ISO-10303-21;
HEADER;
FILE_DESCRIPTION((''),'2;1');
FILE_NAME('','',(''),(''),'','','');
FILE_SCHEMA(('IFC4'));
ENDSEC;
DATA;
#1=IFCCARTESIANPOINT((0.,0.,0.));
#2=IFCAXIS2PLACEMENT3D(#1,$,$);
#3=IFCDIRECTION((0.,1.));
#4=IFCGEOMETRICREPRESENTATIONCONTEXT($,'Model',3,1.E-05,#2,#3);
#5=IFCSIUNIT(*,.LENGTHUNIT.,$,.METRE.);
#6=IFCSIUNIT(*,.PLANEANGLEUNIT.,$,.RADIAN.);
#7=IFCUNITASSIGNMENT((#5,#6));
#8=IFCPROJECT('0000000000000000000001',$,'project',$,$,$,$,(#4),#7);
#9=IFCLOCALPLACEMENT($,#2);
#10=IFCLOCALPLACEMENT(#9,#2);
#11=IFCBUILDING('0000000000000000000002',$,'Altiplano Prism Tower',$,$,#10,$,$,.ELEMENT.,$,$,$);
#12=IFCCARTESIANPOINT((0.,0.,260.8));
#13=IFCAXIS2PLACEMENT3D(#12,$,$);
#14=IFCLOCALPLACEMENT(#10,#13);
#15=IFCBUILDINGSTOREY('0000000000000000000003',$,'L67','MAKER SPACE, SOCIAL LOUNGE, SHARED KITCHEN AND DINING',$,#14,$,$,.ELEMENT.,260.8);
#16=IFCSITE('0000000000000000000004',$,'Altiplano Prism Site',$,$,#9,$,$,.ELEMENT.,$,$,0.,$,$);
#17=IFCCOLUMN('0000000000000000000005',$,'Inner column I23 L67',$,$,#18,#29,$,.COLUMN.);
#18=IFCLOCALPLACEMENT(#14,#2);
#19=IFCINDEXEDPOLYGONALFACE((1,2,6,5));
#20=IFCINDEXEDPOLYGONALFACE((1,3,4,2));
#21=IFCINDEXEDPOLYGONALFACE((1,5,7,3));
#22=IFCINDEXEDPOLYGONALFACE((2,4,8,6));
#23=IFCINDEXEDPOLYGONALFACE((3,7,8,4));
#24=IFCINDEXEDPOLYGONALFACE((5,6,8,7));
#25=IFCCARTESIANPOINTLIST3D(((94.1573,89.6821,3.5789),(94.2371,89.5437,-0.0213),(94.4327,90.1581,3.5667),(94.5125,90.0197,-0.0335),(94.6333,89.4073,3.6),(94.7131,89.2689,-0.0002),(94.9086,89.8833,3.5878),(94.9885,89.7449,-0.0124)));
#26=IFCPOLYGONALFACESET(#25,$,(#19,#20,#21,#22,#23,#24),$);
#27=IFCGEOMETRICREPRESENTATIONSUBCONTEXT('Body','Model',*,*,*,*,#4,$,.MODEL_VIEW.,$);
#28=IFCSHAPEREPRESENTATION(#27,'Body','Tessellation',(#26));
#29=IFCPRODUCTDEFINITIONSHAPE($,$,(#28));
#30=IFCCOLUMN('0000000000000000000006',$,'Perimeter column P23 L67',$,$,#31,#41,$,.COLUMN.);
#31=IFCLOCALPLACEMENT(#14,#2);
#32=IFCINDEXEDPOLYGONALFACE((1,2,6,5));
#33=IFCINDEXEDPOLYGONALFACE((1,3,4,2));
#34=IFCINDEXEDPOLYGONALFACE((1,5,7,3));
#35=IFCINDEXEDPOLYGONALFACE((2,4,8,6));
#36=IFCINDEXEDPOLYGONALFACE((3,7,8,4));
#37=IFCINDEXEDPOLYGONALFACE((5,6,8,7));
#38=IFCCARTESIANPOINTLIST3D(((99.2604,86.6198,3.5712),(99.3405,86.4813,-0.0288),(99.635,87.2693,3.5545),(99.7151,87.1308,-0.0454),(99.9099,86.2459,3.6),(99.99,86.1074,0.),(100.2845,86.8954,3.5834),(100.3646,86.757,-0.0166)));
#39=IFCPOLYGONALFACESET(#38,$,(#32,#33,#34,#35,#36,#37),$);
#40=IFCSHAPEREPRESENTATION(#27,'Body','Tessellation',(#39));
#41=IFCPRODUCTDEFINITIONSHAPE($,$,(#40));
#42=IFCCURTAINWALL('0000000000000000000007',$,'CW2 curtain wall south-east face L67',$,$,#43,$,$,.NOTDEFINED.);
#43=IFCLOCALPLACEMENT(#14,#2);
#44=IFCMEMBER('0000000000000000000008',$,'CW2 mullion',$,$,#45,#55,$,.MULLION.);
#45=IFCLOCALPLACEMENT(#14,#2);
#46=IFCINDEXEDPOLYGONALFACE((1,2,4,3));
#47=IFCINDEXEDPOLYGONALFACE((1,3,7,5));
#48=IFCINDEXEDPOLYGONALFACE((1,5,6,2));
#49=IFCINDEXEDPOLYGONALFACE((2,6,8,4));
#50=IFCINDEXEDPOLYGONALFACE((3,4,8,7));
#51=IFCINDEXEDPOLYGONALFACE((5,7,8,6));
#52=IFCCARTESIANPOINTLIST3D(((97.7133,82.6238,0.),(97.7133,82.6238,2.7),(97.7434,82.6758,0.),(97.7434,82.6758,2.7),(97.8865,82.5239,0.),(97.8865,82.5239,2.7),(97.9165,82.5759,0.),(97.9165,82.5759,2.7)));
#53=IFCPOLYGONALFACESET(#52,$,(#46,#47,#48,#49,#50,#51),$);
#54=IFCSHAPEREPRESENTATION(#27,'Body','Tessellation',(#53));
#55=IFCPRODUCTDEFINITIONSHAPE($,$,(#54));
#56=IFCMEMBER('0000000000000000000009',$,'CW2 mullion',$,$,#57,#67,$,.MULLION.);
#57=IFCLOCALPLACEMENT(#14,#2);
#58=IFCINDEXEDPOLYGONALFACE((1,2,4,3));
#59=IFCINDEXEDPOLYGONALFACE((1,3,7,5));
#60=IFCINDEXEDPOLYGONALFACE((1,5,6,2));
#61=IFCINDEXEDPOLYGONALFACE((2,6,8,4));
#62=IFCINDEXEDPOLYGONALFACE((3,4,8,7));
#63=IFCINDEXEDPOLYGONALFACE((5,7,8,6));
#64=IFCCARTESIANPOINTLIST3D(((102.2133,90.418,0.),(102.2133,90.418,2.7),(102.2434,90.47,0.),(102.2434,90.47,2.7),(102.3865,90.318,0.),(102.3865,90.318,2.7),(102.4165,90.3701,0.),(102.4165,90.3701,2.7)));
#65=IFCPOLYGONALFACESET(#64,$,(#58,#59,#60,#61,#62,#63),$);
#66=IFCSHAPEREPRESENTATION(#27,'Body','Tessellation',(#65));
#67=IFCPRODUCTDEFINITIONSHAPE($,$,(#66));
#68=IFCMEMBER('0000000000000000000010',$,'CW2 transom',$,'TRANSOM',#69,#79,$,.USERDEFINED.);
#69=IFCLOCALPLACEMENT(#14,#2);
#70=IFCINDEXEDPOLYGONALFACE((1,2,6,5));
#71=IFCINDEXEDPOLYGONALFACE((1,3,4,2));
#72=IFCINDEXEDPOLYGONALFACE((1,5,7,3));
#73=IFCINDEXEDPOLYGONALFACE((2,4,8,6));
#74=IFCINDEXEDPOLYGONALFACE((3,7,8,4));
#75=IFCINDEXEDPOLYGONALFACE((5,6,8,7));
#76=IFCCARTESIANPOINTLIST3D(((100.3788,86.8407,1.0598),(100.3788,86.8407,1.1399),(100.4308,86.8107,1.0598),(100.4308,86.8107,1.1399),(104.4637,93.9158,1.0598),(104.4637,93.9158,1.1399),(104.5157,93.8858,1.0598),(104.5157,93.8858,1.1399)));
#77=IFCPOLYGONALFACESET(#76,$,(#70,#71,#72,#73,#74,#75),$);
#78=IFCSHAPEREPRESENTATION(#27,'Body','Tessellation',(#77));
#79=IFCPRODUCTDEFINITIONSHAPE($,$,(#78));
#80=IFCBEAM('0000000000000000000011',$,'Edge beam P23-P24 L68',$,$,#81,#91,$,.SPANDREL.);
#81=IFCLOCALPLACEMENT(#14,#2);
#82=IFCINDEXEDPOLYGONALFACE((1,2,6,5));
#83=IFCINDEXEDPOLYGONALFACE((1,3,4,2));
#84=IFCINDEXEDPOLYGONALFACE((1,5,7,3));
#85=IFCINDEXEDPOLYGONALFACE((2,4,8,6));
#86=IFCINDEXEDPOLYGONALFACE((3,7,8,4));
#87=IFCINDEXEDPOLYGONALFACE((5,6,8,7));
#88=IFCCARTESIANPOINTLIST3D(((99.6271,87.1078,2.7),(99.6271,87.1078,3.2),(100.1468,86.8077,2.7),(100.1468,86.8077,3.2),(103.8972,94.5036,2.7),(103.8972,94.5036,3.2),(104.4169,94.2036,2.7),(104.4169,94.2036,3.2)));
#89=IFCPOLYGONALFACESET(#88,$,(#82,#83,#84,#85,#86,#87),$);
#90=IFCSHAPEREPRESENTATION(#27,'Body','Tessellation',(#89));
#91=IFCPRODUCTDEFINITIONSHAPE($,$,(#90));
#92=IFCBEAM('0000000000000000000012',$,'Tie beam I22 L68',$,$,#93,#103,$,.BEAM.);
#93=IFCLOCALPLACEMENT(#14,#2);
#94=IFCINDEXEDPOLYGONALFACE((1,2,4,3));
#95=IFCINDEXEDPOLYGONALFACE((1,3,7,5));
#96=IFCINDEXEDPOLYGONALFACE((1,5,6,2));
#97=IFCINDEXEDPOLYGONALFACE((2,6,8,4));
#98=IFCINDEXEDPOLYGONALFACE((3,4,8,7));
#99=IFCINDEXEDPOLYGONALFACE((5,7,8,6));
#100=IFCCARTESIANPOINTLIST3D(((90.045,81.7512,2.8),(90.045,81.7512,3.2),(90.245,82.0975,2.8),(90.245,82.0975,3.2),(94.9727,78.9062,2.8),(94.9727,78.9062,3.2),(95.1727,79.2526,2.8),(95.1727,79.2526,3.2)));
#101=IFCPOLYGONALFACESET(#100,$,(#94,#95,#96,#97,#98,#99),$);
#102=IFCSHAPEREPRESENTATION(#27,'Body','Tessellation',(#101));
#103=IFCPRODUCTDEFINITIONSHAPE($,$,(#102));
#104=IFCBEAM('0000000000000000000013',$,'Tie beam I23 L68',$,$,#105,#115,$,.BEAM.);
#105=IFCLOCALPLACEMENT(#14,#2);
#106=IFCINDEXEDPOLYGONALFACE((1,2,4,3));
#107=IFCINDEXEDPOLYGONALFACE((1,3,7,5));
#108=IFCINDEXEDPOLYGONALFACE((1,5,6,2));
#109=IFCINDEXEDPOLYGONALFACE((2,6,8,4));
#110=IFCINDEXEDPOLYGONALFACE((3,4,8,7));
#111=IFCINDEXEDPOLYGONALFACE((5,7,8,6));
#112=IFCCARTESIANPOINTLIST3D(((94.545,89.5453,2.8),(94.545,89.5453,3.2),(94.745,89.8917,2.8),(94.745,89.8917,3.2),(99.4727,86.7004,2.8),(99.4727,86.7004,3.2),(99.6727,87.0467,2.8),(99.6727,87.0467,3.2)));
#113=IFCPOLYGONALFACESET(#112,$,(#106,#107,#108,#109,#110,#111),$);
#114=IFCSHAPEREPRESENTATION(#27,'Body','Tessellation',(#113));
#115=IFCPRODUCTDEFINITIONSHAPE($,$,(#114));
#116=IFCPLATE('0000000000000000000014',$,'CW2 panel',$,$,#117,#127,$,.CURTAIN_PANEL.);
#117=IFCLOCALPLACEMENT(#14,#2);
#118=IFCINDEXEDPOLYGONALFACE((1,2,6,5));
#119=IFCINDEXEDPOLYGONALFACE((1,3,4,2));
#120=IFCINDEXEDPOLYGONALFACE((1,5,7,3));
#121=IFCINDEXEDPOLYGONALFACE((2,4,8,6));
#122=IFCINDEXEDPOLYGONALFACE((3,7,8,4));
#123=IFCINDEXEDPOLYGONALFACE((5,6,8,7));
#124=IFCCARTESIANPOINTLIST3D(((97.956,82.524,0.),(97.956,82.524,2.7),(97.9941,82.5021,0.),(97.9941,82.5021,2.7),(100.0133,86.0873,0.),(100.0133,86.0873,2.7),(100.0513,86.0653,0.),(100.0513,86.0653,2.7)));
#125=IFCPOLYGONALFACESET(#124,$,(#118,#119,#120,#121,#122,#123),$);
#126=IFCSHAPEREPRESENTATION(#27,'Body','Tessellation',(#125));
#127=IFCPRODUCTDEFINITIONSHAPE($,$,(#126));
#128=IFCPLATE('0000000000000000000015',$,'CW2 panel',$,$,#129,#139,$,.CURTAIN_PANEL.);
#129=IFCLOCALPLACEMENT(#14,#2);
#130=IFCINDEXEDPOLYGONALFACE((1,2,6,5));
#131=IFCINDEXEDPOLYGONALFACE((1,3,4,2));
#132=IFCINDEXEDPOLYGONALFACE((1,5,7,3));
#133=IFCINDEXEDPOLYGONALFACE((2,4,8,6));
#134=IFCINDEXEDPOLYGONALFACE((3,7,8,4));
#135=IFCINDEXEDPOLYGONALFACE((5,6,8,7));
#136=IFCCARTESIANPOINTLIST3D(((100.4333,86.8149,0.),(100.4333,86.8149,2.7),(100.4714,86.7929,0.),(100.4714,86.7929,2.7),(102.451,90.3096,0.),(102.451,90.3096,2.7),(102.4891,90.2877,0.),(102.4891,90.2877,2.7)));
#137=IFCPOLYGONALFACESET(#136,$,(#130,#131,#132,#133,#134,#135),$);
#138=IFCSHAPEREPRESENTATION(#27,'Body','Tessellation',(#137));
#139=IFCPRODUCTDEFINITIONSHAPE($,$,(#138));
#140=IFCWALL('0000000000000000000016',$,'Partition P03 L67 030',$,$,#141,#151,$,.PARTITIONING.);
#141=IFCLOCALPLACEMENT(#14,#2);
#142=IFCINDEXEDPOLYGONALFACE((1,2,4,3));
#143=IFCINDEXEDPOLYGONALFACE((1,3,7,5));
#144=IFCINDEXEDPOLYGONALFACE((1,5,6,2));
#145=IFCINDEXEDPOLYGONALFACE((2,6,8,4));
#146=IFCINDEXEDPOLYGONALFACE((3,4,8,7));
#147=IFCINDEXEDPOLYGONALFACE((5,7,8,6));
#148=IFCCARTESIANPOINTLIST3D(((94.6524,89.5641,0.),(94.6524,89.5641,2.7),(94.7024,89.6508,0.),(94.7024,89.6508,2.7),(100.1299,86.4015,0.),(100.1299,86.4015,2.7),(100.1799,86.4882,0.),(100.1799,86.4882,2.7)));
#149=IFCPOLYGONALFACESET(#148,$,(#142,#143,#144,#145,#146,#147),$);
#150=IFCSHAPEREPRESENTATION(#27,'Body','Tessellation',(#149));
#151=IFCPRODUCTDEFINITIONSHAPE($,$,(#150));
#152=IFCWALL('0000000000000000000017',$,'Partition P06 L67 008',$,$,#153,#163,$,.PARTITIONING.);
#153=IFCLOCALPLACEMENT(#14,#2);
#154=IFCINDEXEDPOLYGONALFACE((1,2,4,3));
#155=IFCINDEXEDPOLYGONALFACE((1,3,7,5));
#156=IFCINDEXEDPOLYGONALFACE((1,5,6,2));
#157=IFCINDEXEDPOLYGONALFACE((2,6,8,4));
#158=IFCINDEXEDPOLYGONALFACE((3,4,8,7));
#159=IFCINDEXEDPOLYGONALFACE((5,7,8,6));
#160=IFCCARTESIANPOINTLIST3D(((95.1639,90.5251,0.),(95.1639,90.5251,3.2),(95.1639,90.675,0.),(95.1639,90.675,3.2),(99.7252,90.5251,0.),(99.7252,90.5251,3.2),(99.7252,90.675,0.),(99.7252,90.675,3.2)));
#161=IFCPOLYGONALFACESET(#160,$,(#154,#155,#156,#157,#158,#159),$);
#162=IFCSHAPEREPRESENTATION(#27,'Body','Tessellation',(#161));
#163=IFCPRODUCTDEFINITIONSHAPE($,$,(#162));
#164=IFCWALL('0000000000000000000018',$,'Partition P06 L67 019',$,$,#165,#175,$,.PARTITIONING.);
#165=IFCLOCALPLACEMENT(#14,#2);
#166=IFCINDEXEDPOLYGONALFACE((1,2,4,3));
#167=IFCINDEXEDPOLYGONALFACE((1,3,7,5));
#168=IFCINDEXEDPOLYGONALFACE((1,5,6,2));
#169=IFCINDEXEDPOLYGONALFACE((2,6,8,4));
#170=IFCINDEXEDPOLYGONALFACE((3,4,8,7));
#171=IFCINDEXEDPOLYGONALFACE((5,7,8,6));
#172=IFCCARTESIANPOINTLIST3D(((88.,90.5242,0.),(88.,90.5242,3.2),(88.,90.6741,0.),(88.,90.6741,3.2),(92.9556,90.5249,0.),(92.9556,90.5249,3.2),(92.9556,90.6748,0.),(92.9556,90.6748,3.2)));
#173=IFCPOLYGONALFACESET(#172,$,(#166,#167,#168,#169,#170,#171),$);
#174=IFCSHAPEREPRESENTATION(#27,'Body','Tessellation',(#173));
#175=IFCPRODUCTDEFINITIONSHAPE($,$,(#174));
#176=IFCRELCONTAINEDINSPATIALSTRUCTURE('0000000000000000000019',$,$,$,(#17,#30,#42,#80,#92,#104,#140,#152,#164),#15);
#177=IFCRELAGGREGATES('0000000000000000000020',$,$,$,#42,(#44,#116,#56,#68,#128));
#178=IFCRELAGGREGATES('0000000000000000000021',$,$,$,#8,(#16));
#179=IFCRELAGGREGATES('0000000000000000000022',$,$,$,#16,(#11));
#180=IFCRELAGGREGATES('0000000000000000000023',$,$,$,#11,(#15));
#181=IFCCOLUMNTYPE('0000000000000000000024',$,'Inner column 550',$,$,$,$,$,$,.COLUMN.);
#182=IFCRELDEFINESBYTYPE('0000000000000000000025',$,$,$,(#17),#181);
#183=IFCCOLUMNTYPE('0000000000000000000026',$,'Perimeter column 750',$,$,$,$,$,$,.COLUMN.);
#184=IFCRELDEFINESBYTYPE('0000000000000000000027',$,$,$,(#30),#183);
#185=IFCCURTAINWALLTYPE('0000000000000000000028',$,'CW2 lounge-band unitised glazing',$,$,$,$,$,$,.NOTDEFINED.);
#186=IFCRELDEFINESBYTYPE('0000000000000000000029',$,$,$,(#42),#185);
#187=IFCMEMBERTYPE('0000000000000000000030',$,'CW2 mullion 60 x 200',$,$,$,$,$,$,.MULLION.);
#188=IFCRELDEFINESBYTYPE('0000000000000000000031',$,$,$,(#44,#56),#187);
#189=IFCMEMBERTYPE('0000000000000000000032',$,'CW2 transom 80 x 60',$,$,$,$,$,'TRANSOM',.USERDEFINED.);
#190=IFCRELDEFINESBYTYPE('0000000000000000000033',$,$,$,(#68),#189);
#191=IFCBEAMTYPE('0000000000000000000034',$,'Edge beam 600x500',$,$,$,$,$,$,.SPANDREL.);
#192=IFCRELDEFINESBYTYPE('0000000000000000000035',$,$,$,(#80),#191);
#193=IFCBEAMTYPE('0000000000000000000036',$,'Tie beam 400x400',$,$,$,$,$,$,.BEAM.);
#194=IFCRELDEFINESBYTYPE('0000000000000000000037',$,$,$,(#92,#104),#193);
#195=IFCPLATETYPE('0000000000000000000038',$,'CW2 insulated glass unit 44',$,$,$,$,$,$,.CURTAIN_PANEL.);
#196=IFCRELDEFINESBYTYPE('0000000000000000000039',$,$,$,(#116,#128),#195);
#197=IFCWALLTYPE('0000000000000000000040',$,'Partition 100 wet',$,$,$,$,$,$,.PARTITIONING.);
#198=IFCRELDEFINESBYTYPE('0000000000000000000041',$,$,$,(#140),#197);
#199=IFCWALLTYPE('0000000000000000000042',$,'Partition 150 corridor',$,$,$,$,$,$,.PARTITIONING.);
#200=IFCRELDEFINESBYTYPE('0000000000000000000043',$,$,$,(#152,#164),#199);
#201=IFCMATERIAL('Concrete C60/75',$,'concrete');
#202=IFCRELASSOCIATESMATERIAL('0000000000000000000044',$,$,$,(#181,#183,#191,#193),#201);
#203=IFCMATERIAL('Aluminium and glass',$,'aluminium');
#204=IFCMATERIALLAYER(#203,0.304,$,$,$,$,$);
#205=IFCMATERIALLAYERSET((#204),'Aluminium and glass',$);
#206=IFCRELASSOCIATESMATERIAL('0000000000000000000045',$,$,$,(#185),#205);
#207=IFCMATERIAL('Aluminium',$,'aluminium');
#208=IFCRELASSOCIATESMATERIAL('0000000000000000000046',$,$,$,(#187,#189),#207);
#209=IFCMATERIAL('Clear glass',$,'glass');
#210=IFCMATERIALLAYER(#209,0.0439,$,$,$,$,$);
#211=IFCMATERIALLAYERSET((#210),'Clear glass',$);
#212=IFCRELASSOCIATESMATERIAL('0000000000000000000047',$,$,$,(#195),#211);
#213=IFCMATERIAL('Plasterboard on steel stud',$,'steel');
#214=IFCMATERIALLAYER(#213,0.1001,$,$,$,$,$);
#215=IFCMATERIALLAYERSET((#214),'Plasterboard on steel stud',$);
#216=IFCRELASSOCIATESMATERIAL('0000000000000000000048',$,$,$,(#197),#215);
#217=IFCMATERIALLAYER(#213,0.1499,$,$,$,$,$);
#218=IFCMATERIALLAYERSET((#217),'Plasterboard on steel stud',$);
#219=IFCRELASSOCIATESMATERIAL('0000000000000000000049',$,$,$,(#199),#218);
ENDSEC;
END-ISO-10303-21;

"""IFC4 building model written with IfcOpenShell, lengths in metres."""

from ifc_helpers import new_model, si_unit, direction, frame, frame_2d, origin, origin_2d, place, context, subcontext, project, spatial, rectangle, extrude, material, layer, layer_set, material_profile, profile_set, type_object, element, aggregate, save


model = new_model("IFC4")

# Units and contexts
model_context = context("Model", 3, precision=1e-05, world=origin(), true_north=direction((0.0, 1.0)))
body_context = subcontext(model_context, "Body", "Model", "MODEL_VIEW")
ifc_project = project(units=[si_unit("LENGTHUNIT", "METRE"), si_unit("PLANEANGLEUNIT", "RADIAN")], contexts=[model_context])

# Site, building, storey
site_placement = place(None, origin())
site = spatial("IfcSite", under=ifc_project, at=site_placement, Name="Altiplano Prism Site", CompositionType="ELEMENT", RefElevation=0.0)
building_placement = place(site_placement, origin())
building = spatial("IfcBuilding", under=site, at=building_placement, Name="Altiplano Prism Tower", CompositionType="ELEMENT")
storey_placement = place(building_placement, frame((0.0, 0.0, 260.8)))
storey = spatial("IfcBuildingStorey", under=building, at=storey_placement, Name="L67", Description="MAKER SPACE, SOCIAL LOUNGE, SHARED KITCHEN AND DINING", CompositionType="ELEMENT", Elevation=260.8)

# Columns
ifc_material_1 = material(Name="Concrete C60/75", Category="concrete")
ifc_material_profile_1 = material_profile(ifc_material_1, rectangle(XDim=0.55, YDim=0.55, at=origin_2d()), Name="Inner column 550")
ifc_profile_set_1 = profile_set([ifc_material_profile_1], Name="Concrete C60/75")
column_type_1 = type_object("IfcColumnType", Name="Inner column 550", PredefinedType="COLUMN", material=ifc_profile_set_1)
column_1_placement = place(storey_placement, frame((94.6128, 89.6443, -0.0168), z_axis=(-0.022154, 0.038413, 0.999016), x_axis=(-0.500657, -0.865362, 0.022172)))
element("IfcColumn", 1, at=column_1_placement, inside=storey, type_object=column_type_1, Name="Inner column I23 L67", PredefinedType="COLUMN", context=body_context, shape_type="SweptSolid", body=[
    extrude(rectangle(XDim=0.55, YDim=0.55, at=origin_2d()), origin(), (0.0, 0.0, 1.0), 3.6038),
])
ifc_material_profile_2 = material_profile(ifc_material_1, rectangle(XDim=0.75, YDim=0.75, at=origin_2d()), Name="Perimeter column 750")
ifc_profile_set_2 = profile_set([ifc_material_profile_2], Name="Concrete C60/75")
column_type_2 = type_object("IfcColumnType", Name="Perimeter column 750", PredefinedType="COLUMN", material=ifc_profile_set_2)
column_2_placement = place(storey_placement, frame((99.8525, 86.6191, -0.0227), z_axis=(-0.022223, 0.038416, 0.999015), x_axis=(-0.499513, -0.866022, 0.02219)))
element("IfcColumn", 2, at=column_2_placement, inside=storey, type_object=column_type_2, Name="Perimeter column P23 L67", PredefinedType="COLUMN", context=body_context, shape_type="SweptSolid", body=[
    extrude(rectangle(XDim=0.75, YDim=0.75, at=origin_2d()), origin(), (0.0, 0.0, 1.0), 3.6035),
])

# Curtain wall, members
ifc_material_2 = material(Name="Aluminium and glass", Category="aluminium")
ifc_layer_1 = layer(ifc_material_2, 0.304)
ifc_layer_set_1 = layer_set([ifc_layer_1], Name="Aluminium and glass")
curtain_wall_type = type_object("IfcCurtainWallType", Name="CW2 lounge-band unitised glazing", PredefinedType="NOTDEFINED", material=ifc_layer_set_1)
curtain_wall_placement = place(storey_placement, origin())
curtain_wall = element("IfcCurtainWall", 3, at=curtain_wall_placement, inside=storey, type_object=curtain_wall_type, Name="CW2 curtain wall south-east face L67", PredefinedType="NOTDEFINED")
ifc_material_3 = material(Name="Aluminium", Category="aluminium")
ifc_material_profile_3 = material_profile(ifc_material_3, rectangle(XDim=0.2, YDim=0.0601, at=origin_2d()), Name="CW2 mullion 60 x 200")
ifc_profile_set_3 = profile_set([ifc_material_profile_3], Name="Aluminium")
member_type_1 = type_object("IfcMemberType", Name="CW2 mullion 60 x 200", PredefinedType="MULLION", material=ifc_profile_set_3)
member_1_placement = place(storey_placement, frame((97.8149, 82.5999, 0.0), z_axis=(0.0, 0.0, 1.0), x_axis=(-0.866025, 0.5, 0.0)))
member_1 = element("IfcMember", 4, at=member_1_placement, type_object=member_type_1, Name="CW2 mullion", PredefinedType="MULLION", context=body_context, shape_type="SweptSolid", body=[
    extrude(rectangle(XDim=0.2, YDim=0.0601, at=origin_2d()), origin(), (0.0, 0.0, 1.0), 2.7),
])
member_2_placement = place(storey_placement, frame((102.3149, 90.394, 0.0), z_axis=(0.0, 0.0, 1.0), x_axis=(-0.866025, 0.5, 0.0)))
member_2 = element("IfcMember", 5, at=member_2_placement, type_object=member_type_1, Name="CW2 mullion", PredefinedType="MULLION", context=body_context, shape_type="SweptSolid", body=[
    extrude(rectangle(XDim=0.2, YDim=0.0601, at=origin_2d()), origin(), (0.0, 0.0, 1.0), 2.7),
])
ifc_material_profile_4 = material_profile(ifc_material_3, rectangle(XDim=0.0601, YDim=0.0801, at=origin_2d()), Name="CW2 transom 80 x 60")
ifc_profile_set_4 = profile_set([ifc_material_profile_4], Name="Aluminium")
member_type_2 = type_object("IfcMemberType", Name="CW2 transom 80 x 60", ElementType="TRANSOM", PredefinedType="USERDEFINED", material=ifc_profile_set_4)
member_3_placement = place(storey_placement, frame((100.4048, 86.8257, 1.0999), z_axis=(0.500009, 0.86602, 0.0), x_axis=(-0.86602, 0.500009, 0.0)))
member_3 = element("IfcMember", 6, at=member_3_placement, type_object=member_type_2, Name="CW2 transom", ObjectType="TRANSOM", PredefinedType="USERDEFINED", context=body_context, shape_type="SweptSolid", body=[
    extrude(rectangle(XDim=0.0601, YDim=0.0801, at=origin_2d()), origin(), (0.0, 0.0, 1.0), 8.1697),
])

# Beams
ifc_material_profile_5 = material_profile(ifc_material_1, rectangle(XDim=0.6001, YDim=0.5, at=origin_2d()), Name="Edge beam 600x500")
ifc_profile_set_5 = profile_set([ifc_material_profile_5], Name="Concrete C60/75")
beam_type_1 = type_object("IfcBeamType", Name="Edge beam 600x500", PredefinedType="SPANDREL", material=ifc_profile_set_5)
beam_placement = place(storey_placement, frame((99.887, 86.9578, 2.95), z_axis=(0.500007, 0.866021, 0.0), x_axis=(-0.866021, 0.500007, 0.0)))
element("IfcBeam", 7, at=beam_placement, inside=storey, type_object=beam_type_1, Name="Edge beam P23-P24 L68", PredefinedType="SPANDREL", context=body_context, shape_type="SweptSolid", body=[
    extrude(rectangle(XDim=0.6001, YDim=0.5, at=origin_2d()), origin(), (0.0, 0.0, 1.0), 8.54),
])
ifc_material_profile_6 = material_profile(ifc_material_1, rectangle(XDim=0.3999, YDim=0.3999, at=origin_2d()), Name="Tie beam 400x400")
ifc_profile_set_6 = profile_set([ifc_material_profile_6], Name="Concrete C60/75")
beam_type_2 = type_object("IfcBeamType", Name="Tie beam 400x400", PredefinedType="BEAM", material=ifc_profile_set_6)
for number, where, z_axis, x_axis, name in (
    (8, (90.145, 81.9243, 3.0), (0.86603, -0.499992, 0.0), (0.499992, 0.86603, 0.0), "Tie beam I22 L68"),
    (9, (94.645, 89.7185, 3.0), (0.86603, -0.499992, 0.0), (0.499992, 0.86603, 0.0), "Tie beam I23 L68"),
):
    element("IfcBeam", number, at=place(storey_placement, frame(where, z_axis=z_axis, x_axis=x_axis)), inside=storey, type_object=beam_type_2, Name=name, PredefinedType="BEAM", context=body_context, shape_type="SweptSolid", body=[
        extrude(rectangle(XDim=0.3999, YDim=0.3999, at=origin_2d()), origin(), (0.0, 0.0, 1.0), 5.6899),
    ])

# Plates
ifc_material_4 = material(Name="Clear glass", Category="glass")
ifc_layer_2 = layer(ifc_material_4, 0.0439)
ifc_layer_set_2 = layer_set([ifc_layer_2], Name="Clear glass")
plate_type = type_object("IfcPlateType", Name="CW2 insulated glass unit 44", PredefinedType="CURTAIN_PANEL", material=ifc_layer_set_2)
plate_1_placement = place(storey_placement, frame((99.0037, 84.2947, 0.0), z_axis=(0.0, 0.0, 1.0), x_axis=(0.5, 0.866025, 0.0)))
plate_1 = element("IfcPlate", 10, at=plate_1_placement, type_object=plate_type, Name="CW2 panel", PredefinedType="CURTAIN_PANEL", context=body_context, shape_type="SweptSolid", body=[
    extrude(rectangle(XDim=4.1145, YDim=0.0439, at=origin_2d()), origin(), (0.0, 0.0, 1.0), 2.7),
])
plate_2_placement = place(storey_placement, frame((101.4612, 88.5513, 0.0), z_axis=(0.0, 0.0, 1.0), x_axis=(0.5, 0.866025, 0.0)))
plate_2 = element("IfcPlate", 11, at=plate_2_placement, type_object=plate_type, Name="CW2 panel", PredefinedType="CURTAIN_PANEL", context=body_context, shape_type="SweptSolid", body=[
    extrude(rectangle(XDim=4.0354, YDim=0.0439, at=origin_2d()), origin(), (0.0, 0.0, 1.0), 2.7),
])
aggregate(curtain_wall, [member_1, plate_1, member_2, member_3, plate_2])

# Walls
ifc_material_5 = material(Name="Plasterboard on steel stud", Category="steel")
ifc_layer_3 = layer(ifc_material_5, 0.1001)
ifc_layer_set_3 = layer_set([ifc_layer_3], Name="Plasterboard on steel stud")
wall_type_1 = type_object("IfcWallType", Name="Partition 100 wet", PredefinedType="PARTITIONING", material=ifc_layer_set_3)
wall_1_placement = place(storey_placement, frame((100.155, 86.4448, 0.0), z_axis=(0.0, 0.0, 1.0), x_axis=(-0.866016, 0.500016, 0.0)))
element("IfcWall", 12, at=wall_1_placement, inside=storey, type_object=wall_type_1, Name="Partition P03 L67 030", PredefinedType="PARTITIONING", context=body_context, shape_type="SweptSolid", body=[
    extrude(rectangle(XDim=6.325, YDim=0.1001, at=frame_2d((3.1626, 0.0))), origin(), (0.0, 0.0, 1.0), 2.7),
])
ifc_layer_4 = layer(ifc_material_5, 0.1499)
ifc_layer_set_4 = layer_set([ifc_layer_4], Name="Plasterboard on steel stud")
wall_type_2 = type_object("IfcWallType", Name="Partition 150 corridor", PredefinedType="PARTITIONING", material=ifc_layer_set_4)
wall_2_placement = place(storey_placement, frame((95.1638, 90.6001, 0.0), z_axis=(0.0, 0.0, 1.0), x_axis=(1.0, 0.0, 0.0)))
element("IfcWall", 13, at=wall_2_placement, inside=storey, type_object=wall_type_2, Name="Partition P06 L67 008", PredefinedType="PARTITIONING", context=body_context, shape_type="SweptSolid", body=[
    extrude(rectangle(XDim=4.5613, YDim=0.1499, at=frame_2d((2.2808, 0.0))), origin(), (0.0, 0.0, 1.0), 3.2),
])
wall_3_placement = place(storey_placement, frame((88.0, 90.5991, 0.0), z_axis=(0.0, 0.0, 1.0), x_axis=(1.0, 0.000148, 0.0)))
element("IfcWall", 14, at=wall_3_placement, inside=storey, type_object=wall_type_2, Name="Partition P06 L67 019", PredefinedType="PARTITIONING", context=body_context, shape_type="SweptSolid", body=[
    extrude(rectangle(XDim=4.9556, YDim=0.1499, at=frame_2d((2.4778, 0.0))), origin(), (0.0, 0.0, 1.0), 3.2),
])

save(model, "model.ifc")
